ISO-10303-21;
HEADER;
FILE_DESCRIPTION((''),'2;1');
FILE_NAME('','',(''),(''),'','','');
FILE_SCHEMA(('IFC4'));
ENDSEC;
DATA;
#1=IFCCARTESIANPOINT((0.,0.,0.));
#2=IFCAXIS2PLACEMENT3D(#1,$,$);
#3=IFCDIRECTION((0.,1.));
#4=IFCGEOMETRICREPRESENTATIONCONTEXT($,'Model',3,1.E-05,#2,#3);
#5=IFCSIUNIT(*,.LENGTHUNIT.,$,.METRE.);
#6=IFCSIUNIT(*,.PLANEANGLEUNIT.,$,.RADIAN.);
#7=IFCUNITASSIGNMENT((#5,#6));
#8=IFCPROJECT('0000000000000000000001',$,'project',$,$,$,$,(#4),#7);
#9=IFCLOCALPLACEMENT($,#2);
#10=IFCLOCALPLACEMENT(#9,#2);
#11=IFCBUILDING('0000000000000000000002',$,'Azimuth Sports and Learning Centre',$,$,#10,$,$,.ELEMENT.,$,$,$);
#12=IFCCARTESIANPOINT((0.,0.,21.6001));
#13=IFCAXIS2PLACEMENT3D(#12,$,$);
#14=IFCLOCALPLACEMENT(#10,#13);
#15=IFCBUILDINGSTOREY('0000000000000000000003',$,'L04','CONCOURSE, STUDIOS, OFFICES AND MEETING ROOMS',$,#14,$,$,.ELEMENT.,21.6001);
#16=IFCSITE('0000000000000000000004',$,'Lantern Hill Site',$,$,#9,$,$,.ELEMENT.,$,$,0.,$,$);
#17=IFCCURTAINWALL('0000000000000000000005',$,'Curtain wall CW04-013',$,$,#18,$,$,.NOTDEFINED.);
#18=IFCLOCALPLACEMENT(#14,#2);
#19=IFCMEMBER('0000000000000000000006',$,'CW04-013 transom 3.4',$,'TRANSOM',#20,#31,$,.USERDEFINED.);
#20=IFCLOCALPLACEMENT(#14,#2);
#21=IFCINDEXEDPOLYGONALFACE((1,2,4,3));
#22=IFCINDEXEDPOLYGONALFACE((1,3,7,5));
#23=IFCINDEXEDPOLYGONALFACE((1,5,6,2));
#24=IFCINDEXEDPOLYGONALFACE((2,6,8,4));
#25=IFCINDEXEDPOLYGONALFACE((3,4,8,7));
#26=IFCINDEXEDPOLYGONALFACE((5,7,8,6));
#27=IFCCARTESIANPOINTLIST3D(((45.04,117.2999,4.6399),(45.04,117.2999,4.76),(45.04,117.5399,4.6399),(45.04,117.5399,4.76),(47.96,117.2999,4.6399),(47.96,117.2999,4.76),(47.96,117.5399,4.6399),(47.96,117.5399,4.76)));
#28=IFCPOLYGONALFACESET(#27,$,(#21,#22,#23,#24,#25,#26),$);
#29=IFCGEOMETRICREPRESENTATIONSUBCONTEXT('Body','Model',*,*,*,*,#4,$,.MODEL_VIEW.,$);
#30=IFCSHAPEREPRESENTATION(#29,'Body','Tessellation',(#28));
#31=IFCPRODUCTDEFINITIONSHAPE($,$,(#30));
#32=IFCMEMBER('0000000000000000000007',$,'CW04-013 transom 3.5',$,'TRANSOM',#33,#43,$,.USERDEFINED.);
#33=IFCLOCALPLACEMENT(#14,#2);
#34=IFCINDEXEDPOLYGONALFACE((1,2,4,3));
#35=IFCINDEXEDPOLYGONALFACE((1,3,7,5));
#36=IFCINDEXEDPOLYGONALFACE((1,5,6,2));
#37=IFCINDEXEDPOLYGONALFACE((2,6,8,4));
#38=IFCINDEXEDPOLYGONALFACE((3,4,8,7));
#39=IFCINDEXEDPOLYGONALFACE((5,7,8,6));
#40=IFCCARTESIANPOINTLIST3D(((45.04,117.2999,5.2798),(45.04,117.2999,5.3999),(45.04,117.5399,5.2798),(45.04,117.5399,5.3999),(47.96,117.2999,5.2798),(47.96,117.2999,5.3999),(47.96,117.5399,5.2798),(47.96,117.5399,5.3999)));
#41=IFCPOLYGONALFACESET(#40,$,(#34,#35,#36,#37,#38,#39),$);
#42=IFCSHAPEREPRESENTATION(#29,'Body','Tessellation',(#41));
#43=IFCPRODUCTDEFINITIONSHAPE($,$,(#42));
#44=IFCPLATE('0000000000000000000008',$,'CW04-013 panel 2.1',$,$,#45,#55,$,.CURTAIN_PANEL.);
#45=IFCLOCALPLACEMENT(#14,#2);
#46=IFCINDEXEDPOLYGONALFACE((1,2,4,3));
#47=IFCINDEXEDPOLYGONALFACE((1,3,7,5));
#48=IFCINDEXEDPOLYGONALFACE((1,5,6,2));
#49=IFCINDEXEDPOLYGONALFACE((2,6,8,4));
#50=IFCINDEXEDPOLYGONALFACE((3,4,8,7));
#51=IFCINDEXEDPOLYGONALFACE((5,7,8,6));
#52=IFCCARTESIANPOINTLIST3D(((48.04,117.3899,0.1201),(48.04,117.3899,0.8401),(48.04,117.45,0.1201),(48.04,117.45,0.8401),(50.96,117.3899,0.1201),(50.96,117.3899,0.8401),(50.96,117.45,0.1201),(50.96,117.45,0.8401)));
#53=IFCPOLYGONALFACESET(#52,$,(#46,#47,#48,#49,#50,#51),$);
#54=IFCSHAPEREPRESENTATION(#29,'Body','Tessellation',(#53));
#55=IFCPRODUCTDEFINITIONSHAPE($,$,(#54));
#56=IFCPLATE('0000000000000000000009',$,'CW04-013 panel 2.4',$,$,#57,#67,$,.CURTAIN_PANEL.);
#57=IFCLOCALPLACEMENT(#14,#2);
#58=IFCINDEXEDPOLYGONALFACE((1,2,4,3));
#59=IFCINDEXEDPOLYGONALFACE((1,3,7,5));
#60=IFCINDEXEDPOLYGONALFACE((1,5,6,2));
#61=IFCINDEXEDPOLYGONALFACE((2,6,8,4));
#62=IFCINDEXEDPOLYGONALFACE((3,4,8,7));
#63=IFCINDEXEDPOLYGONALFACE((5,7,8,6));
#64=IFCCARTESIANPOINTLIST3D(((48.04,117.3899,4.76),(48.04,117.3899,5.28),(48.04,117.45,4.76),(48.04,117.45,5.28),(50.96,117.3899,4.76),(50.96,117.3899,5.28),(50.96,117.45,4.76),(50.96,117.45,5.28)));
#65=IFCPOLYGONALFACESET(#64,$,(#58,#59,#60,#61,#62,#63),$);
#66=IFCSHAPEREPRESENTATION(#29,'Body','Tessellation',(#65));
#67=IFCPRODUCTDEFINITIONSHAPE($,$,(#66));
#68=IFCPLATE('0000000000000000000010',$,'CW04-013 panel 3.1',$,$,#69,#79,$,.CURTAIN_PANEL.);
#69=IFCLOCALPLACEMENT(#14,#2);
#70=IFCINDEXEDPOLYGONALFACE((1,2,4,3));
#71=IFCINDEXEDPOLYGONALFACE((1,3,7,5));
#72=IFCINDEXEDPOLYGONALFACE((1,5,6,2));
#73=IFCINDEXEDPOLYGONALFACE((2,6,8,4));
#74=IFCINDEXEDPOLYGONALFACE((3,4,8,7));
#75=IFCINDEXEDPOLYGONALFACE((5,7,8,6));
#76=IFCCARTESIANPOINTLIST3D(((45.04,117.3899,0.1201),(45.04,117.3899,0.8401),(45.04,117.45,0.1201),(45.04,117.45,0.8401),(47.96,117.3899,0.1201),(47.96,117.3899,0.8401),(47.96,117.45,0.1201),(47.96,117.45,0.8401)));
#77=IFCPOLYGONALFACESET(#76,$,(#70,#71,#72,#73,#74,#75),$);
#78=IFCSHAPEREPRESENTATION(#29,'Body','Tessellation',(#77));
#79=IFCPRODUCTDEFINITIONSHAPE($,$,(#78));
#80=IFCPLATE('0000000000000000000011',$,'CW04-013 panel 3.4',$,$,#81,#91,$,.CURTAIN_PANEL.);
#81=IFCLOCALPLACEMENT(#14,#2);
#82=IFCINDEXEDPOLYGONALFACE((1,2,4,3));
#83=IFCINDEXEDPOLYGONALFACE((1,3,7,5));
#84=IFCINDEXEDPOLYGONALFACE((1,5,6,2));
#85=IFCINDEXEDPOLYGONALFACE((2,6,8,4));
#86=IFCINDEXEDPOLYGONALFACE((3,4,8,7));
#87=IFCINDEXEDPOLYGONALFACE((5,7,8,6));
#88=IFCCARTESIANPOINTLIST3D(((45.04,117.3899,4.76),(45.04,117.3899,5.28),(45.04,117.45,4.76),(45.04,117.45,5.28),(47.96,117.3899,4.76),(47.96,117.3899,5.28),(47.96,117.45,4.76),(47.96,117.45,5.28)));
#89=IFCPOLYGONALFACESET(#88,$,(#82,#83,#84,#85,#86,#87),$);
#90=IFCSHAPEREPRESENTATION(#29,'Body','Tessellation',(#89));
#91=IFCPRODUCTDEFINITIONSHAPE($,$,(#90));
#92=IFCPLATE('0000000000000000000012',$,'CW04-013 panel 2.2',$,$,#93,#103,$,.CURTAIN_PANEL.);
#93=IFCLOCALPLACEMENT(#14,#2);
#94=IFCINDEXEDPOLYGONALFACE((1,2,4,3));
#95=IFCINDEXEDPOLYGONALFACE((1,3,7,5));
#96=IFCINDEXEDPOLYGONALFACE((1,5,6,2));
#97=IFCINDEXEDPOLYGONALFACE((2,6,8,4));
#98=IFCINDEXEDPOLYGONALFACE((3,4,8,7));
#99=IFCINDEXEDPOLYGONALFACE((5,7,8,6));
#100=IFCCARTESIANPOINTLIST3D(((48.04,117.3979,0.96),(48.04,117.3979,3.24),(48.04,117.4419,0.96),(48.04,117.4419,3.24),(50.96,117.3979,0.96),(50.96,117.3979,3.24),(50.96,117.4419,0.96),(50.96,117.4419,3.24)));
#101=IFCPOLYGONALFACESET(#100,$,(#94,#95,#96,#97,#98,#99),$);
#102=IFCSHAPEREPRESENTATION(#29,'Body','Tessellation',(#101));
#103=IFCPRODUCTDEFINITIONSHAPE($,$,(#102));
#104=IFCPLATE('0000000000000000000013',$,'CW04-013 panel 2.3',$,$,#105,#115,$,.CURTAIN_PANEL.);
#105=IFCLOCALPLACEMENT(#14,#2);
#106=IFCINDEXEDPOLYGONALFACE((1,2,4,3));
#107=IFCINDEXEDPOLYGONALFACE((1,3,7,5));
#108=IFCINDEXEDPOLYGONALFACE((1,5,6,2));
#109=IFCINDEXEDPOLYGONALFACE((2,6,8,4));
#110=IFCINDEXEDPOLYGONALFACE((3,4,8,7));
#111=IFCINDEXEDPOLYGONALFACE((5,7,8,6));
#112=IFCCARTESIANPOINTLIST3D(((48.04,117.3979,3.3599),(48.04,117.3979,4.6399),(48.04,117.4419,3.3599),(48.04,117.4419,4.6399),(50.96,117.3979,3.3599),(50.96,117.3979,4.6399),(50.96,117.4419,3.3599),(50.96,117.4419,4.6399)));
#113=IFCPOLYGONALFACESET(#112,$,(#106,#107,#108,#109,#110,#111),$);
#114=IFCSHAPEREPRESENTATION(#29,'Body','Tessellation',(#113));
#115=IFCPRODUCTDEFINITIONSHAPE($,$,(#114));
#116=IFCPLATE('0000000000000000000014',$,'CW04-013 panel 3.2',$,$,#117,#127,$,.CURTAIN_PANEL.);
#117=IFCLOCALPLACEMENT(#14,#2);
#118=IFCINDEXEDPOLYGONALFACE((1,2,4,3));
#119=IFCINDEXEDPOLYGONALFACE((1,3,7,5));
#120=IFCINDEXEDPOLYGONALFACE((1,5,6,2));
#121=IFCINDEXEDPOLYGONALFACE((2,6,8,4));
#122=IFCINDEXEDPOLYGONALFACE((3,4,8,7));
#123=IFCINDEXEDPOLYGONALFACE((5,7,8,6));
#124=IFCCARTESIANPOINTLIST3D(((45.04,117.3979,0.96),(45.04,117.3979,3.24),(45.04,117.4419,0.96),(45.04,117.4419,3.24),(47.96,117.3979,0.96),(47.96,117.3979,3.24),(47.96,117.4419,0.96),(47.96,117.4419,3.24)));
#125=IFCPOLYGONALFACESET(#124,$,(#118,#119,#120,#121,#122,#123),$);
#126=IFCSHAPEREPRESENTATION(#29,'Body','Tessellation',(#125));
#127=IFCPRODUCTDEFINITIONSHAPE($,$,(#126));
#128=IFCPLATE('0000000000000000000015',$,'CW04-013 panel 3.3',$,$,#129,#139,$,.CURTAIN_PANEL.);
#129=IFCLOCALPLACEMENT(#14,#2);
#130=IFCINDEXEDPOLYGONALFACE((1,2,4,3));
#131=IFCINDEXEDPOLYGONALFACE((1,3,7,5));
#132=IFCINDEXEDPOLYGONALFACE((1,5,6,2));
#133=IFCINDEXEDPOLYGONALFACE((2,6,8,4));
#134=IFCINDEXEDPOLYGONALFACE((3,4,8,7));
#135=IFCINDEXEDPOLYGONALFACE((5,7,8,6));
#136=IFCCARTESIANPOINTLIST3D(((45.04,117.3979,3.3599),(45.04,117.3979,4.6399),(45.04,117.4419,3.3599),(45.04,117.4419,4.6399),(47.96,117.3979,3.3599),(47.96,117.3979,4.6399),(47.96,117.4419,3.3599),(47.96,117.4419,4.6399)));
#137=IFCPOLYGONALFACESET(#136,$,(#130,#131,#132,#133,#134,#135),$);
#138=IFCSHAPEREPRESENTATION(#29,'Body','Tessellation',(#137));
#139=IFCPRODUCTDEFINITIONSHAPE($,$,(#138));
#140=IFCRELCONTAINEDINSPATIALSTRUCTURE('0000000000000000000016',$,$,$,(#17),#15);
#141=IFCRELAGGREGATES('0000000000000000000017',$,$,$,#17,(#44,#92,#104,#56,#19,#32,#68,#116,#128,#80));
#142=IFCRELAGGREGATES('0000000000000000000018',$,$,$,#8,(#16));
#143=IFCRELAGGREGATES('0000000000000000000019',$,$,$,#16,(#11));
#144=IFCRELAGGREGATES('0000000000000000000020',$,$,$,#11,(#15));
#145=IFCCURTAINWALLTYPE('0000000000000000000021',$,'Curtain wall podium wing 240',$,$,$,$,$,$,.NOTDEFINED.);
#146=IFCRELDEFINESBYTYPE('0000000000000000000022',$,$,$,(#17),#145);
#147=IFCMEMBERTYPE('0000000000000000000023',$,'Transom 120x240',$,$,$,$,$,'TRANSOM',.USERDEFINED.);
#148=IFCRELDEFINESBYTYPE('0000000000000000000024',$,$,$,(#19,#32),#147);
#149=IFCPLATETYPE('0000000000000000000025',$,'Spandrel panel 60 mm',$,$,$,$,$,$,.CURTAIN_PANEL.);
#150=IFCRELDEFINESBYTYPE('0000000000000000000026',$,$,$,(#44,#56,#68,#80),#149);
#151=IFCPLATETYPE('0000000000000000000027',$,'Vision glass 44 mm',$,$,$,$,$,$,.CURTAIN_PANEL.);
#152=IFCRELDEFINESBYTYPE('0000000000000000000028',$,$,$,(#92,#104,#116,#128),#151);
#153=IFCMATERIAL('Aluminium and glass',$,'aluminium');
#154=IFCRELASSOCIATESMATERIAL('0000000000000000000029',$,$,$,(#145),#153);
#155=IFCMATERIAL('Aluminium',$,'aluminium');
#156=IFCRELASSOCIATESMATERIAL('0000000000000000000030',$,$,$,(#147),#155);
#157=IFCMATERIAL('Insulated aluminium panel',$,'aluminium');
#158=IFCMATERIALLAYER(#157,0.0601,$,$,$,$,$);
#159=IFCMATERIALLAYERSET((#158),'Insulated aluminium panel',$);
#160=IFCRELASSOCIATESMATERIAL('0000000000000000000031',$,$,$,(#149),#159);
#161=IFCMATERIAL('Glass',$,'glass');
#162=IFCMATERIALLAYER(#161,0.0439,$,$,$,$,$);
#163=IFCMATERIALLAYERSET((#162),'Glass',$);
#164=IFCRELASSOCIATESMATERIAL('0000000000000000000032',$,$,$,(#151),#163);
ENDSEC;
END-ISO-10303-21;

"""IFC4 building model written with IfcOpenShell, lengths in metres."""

from ifc_helpers import new_model, si_unit, direction, frame, origin, origin_2d, place, context, subcontext, project, spatial, rectangle, extrude, material, layer, layer_set, material_profile, profile_set, type_object, element, aggregate, save


model = new_model("IFC4")

# Units and contexts
model_context = context("Model", 3, precision=1e-05, world=origin(), true_north=direction((0.0, 1.0)))
body_context = subcontext(model_context, "Body", "Model", "MODEL_VIEW")
ifc_project = project(units=[si_unit("LENGTHUNIT", "METRE"), si_unit("PLANEANGLEUNIT", "RADIAN")], contexts=[model_context])

# Site, building, storey
site_placement = place(None, origin())
site = spatial("IfcSite", under=ifc_project, at=site_placement, Name="Lantern Hill Site", CompositionType="ELEMENT", RefElevation=0.0)
building_placement = place(site_placement, origin())
building = spatial("IfcBuilding", under=site, at=building_placement, Name="Azimuth Sports and Learning Centre", CompositionType="ELEMENT")
storey_placement = place(building_placement, frame((0.0, 0.0, 21.6001)))
storey = spatial("IfcBuildingStorey", under=building, at=storey_placement, Name="L04", Description="CONCOURSE, STUDIOS, OFFICES AND MEETING ROOMS", CompositionType="ELEMENT", Elevation=21.6001)

# Curtain wall, members, plates
ifc_material_1 = material(Name="Aluminium and glass", Category="aluminium")
curtain_wall_type = type_object("IfcCurtainWallType", Name="Curtain wall podium wing 240", PredefinedType="NOTDEFINED", material=ifc_material_1)
curtain_wall_placement = place(storey_placement, origin())
curtain_wall = element("IfcCurtainWall", 1, at=curtain_wall_placement, inside=storey, type_object=curtain_wall_type, Name="Curtain wall CW04-013", PredefinedType="NOTDEFINED")
ifc_material_2 = material(Name="Aluminium", Category="aluminium")
ifc_material_profile_1 = material_profile(ifc_material_2, rectangle(XDim=0.24, YDim=0.1201, at=origin_2d()), Name="Transom 120x240")
ifc_profile_set_1 = profile_set([ifc_material_profile_1], Name="Aluminium")
member_type_1 = type_object("IfcMemberType", Name="Transom 120x240", ElementType="TRANSOM", PredefinedType="USERDEFINED", material=ifc_profile_set_1)
member_1_placement = place(storey_placement, frame((47.96, 117.4199, 4.7), z_axis=(-1.0, 0.0, 0.0), x_axis=(0.0, -1.0, 0.0)))
member_1 = element("IfcMember", 2, at=member_1_placement, type_object=member_type_1, Name="CW04-013 transom 3.4", ObjectType="TRANSOM", PredefinedType="USERDEFINED", context=body_context, shape_type="SweptSolid", body=[
    extrude(rectangle(XDim=0.24, YDim=0.1201, at=origin_2d()), origin(), (0.0, 0.0, 1.0), 2.9199),
])
member_2_placement = place(storey_placement, frame((47.96, 117.4199, 5.3398), z_axis=(-1.0, 0.0, 0.0), x_axis=(0.0, -1.0, 0.0)))
member_2 = element("IfcMember", 3, at=member_2_placement, type_object=member_type_1, Name="CW04-013 transom 3.5", ObjectType="TRANSOM", PredefinedType="USERDEFINED", context=body_context, shape_type="SweptSolid", body=[
    extrude(rectangle(XDim=0.24, YDim=0.1201, at=origin_2d()), origin(), (0.0, 0.0, 1.0), 2.9199),
])
ifc_material_3 = material(Name="Insulated aluminium panel", Category="aluminium")
ifc_layer_1 = layer(ifc_material_3, 0.0601)
ifc_layer_set_1 = layer_set([ifc_layer_1], Name="Insulated aluminium panel")
plate_type_1 = type_object("IfcPlateType", Name="Spandrel panel 60 mm", PredefinedType="CURTAIN_PANEL", material=ifc_layer_set_1)
plate_1_placement = place(storey_placement, frame((49.5, 117.4199, 0.1201), z_axis=(0.0, 0.0, 1.0), x_axis=(-1.0, 0.0, 0.0)))
plate_1 = element("IfcPlate", 4, at=plate_1_placement, type_object=plate_type_1, Name="CW04-013 panel 2.1", PredefinedType="CURTAIN_PANEL", context=body_context, shape_type="SweptSolid", body=[
    extrude(rectangle(XDim=2.9199, YDim=0.0601, at=origin_2d()), origin(), (0.0, 0.0, 1.0), 0.72),
])
plate_2_placement = place(storey_placement, frame((49.5, 117.4199, 4.76), z_axis=(0.0, 0.0, 1.0), x_axis=(-1.0, 0.0, 0.0)))
plate_2 = element("IfcPlate", 5, at=plate_2_placement, type_object=plate_type_1, Name="CW04-013 panel 2.4", PredefinedType="CURTAIN_PANEL", context=body_context, shape_type="SweptSolid", body=[
    extrude(rectangle(XDim=2.9199, YDim=0.0601, at=origin_2d()), origin(), (0.0, 0.0, 1.0), 0.52),
])
plate_3_placement = place(storey_placement, frame((46.5, 117.4199, 0.1201), z_axis=(0.0, 0.0, 1.0), x_axis=(-1.0, 0.0, 0.0)))
plate_3 = element("IfcPlate", 6, at=plate_3_placement, type_object=plate_type_1, Name="CW04-013 panel 3.1", PredefinedType="CURTAIN_PANEL", context=body_context, shape_type="SweptSolid", body=[
    extrude(rectangle(XDim=2.9199, YDim=0.0601, at=origin_2d()), origin(), (0.0, 0.0, 1.0), 0.72),
])
plate_4_placement = place(storey_placement, frame((46.5, 117.4199, 4.76), z_axis=(0.0, 0.0, 1.0), x_axis=(-1.0, 0.0, 0.0)))
plate_4 = element("IfcPlate", 7, at=plate_4_placement, type_object=plate_type_1, Name="CW04-013 panel 3.4", PredefinedType="CURTAIN_PANEL", context=body_context, shape_type="SweptSolid", body=[
    extrude(rectangle(XDim=2.9199, YDim=0.0601, at=origin_2d()), origin(), (0.0, 0.0, 1.0), 0.52),
])
ifc_material_4 = material(Name="Glass", Category="glass")
ifc_layer_2 = layer(ifc_material_4, 0.0439)
ifc_layer_set_2 = layer_set([ifc_layer_2], Name="Glass")
plate_type_2 = type_object("IfcPlateType", Name="Vision glass 44 mm", PredefinedType="CURTAIN_PANEL", material=ifc_layer_set_2)
plate_5_placement = place(storey_placement, frame((49.5, 117.4199, 0.96), z_axis=(0.0, 0.0, 1.0), x_axis=(-1.0, 0.0, 0.0)))
plate_5 = element("IfcPlate", 8, at=plate_5_placement, type_object=plate_type_2, Name="CW04-013 panel 2.2", PredefinedType="CURTAIN_PANEL", context=body_context, shape_type="SweptSolid", body=[
    extrude(rectangle(XDim=2.9199, YDim=0.0439, at=origin_2d()), origin(), (0.0, 0.0, 1.0), 2.28),
])
plate_6_placement = place(storey_placement, frame((49.5, 117.4199, 3.3599), z_axis=(0.0, 0.0, 1.0), x_axis=(-1.0, 0.0, 0.0)))
plate_6 = element("IfcPlate", 9, at=plate_6_placement, type_object=plate_type_2, Name="CW04-013 panel 2.3", PredefinedType="CURTAIN_PANEL", context=body_context, shape_type="SweptSolid", body=[
    extrude(rectangle(XDim=2.9199, YDim=0.0439, at=origin_2d()), origin(), (0.0, 0.0, 1.0), 1.28),
])
plate_7_placement = place(storey_placement, frame((46.5, 117.4199, 0.96), z_axis=(0.0, 0.0, 1.0), x_axis=(-1.0, 0.0, 0.0)))
plate_7 = element("IfcPlate", 10, at=plate_7_placement, type_object=plate_type_2, Name="CW04-013 panel 3.2", PredefinedType="CURTAIN_PANEL", context=body_context, shape_type="SweptSolid", body=[
    extrude(rectangle(XDim=2.9199, YDim=0.0439, at=origin_2d()), origin(), (0.0, 0.0, 1.0), 2.28),
])
plate_8_placement = place(storey_placement, frame((46.5, 117.4199, 3.3599), z_axis=(0.0, 0.0, 1.0), x_axis=(-1.0, 0.0, 0.0)))
plate_8 = element("IfcPlate", 11, at=plate_8_placement, type_object=plate_type_2, Name="CW04-013 panel 3.3", PredefinedType="CURTAIN_PANEL", context=body_context, shape_type="SweptSolid", body=[
    extrude(rectangle(XDim=2.9199, YDim=0.0439, at=origin_2d()), origin(), (0.0, 0.0, 1.0), 1.28),
])
aggregate(curtain_wall, [plate_1, plate_5, plate_6, plate_2, member_1, member_2, plate_3, plate_7, plate_8, plate_4])

save(model, "model.ifc")
